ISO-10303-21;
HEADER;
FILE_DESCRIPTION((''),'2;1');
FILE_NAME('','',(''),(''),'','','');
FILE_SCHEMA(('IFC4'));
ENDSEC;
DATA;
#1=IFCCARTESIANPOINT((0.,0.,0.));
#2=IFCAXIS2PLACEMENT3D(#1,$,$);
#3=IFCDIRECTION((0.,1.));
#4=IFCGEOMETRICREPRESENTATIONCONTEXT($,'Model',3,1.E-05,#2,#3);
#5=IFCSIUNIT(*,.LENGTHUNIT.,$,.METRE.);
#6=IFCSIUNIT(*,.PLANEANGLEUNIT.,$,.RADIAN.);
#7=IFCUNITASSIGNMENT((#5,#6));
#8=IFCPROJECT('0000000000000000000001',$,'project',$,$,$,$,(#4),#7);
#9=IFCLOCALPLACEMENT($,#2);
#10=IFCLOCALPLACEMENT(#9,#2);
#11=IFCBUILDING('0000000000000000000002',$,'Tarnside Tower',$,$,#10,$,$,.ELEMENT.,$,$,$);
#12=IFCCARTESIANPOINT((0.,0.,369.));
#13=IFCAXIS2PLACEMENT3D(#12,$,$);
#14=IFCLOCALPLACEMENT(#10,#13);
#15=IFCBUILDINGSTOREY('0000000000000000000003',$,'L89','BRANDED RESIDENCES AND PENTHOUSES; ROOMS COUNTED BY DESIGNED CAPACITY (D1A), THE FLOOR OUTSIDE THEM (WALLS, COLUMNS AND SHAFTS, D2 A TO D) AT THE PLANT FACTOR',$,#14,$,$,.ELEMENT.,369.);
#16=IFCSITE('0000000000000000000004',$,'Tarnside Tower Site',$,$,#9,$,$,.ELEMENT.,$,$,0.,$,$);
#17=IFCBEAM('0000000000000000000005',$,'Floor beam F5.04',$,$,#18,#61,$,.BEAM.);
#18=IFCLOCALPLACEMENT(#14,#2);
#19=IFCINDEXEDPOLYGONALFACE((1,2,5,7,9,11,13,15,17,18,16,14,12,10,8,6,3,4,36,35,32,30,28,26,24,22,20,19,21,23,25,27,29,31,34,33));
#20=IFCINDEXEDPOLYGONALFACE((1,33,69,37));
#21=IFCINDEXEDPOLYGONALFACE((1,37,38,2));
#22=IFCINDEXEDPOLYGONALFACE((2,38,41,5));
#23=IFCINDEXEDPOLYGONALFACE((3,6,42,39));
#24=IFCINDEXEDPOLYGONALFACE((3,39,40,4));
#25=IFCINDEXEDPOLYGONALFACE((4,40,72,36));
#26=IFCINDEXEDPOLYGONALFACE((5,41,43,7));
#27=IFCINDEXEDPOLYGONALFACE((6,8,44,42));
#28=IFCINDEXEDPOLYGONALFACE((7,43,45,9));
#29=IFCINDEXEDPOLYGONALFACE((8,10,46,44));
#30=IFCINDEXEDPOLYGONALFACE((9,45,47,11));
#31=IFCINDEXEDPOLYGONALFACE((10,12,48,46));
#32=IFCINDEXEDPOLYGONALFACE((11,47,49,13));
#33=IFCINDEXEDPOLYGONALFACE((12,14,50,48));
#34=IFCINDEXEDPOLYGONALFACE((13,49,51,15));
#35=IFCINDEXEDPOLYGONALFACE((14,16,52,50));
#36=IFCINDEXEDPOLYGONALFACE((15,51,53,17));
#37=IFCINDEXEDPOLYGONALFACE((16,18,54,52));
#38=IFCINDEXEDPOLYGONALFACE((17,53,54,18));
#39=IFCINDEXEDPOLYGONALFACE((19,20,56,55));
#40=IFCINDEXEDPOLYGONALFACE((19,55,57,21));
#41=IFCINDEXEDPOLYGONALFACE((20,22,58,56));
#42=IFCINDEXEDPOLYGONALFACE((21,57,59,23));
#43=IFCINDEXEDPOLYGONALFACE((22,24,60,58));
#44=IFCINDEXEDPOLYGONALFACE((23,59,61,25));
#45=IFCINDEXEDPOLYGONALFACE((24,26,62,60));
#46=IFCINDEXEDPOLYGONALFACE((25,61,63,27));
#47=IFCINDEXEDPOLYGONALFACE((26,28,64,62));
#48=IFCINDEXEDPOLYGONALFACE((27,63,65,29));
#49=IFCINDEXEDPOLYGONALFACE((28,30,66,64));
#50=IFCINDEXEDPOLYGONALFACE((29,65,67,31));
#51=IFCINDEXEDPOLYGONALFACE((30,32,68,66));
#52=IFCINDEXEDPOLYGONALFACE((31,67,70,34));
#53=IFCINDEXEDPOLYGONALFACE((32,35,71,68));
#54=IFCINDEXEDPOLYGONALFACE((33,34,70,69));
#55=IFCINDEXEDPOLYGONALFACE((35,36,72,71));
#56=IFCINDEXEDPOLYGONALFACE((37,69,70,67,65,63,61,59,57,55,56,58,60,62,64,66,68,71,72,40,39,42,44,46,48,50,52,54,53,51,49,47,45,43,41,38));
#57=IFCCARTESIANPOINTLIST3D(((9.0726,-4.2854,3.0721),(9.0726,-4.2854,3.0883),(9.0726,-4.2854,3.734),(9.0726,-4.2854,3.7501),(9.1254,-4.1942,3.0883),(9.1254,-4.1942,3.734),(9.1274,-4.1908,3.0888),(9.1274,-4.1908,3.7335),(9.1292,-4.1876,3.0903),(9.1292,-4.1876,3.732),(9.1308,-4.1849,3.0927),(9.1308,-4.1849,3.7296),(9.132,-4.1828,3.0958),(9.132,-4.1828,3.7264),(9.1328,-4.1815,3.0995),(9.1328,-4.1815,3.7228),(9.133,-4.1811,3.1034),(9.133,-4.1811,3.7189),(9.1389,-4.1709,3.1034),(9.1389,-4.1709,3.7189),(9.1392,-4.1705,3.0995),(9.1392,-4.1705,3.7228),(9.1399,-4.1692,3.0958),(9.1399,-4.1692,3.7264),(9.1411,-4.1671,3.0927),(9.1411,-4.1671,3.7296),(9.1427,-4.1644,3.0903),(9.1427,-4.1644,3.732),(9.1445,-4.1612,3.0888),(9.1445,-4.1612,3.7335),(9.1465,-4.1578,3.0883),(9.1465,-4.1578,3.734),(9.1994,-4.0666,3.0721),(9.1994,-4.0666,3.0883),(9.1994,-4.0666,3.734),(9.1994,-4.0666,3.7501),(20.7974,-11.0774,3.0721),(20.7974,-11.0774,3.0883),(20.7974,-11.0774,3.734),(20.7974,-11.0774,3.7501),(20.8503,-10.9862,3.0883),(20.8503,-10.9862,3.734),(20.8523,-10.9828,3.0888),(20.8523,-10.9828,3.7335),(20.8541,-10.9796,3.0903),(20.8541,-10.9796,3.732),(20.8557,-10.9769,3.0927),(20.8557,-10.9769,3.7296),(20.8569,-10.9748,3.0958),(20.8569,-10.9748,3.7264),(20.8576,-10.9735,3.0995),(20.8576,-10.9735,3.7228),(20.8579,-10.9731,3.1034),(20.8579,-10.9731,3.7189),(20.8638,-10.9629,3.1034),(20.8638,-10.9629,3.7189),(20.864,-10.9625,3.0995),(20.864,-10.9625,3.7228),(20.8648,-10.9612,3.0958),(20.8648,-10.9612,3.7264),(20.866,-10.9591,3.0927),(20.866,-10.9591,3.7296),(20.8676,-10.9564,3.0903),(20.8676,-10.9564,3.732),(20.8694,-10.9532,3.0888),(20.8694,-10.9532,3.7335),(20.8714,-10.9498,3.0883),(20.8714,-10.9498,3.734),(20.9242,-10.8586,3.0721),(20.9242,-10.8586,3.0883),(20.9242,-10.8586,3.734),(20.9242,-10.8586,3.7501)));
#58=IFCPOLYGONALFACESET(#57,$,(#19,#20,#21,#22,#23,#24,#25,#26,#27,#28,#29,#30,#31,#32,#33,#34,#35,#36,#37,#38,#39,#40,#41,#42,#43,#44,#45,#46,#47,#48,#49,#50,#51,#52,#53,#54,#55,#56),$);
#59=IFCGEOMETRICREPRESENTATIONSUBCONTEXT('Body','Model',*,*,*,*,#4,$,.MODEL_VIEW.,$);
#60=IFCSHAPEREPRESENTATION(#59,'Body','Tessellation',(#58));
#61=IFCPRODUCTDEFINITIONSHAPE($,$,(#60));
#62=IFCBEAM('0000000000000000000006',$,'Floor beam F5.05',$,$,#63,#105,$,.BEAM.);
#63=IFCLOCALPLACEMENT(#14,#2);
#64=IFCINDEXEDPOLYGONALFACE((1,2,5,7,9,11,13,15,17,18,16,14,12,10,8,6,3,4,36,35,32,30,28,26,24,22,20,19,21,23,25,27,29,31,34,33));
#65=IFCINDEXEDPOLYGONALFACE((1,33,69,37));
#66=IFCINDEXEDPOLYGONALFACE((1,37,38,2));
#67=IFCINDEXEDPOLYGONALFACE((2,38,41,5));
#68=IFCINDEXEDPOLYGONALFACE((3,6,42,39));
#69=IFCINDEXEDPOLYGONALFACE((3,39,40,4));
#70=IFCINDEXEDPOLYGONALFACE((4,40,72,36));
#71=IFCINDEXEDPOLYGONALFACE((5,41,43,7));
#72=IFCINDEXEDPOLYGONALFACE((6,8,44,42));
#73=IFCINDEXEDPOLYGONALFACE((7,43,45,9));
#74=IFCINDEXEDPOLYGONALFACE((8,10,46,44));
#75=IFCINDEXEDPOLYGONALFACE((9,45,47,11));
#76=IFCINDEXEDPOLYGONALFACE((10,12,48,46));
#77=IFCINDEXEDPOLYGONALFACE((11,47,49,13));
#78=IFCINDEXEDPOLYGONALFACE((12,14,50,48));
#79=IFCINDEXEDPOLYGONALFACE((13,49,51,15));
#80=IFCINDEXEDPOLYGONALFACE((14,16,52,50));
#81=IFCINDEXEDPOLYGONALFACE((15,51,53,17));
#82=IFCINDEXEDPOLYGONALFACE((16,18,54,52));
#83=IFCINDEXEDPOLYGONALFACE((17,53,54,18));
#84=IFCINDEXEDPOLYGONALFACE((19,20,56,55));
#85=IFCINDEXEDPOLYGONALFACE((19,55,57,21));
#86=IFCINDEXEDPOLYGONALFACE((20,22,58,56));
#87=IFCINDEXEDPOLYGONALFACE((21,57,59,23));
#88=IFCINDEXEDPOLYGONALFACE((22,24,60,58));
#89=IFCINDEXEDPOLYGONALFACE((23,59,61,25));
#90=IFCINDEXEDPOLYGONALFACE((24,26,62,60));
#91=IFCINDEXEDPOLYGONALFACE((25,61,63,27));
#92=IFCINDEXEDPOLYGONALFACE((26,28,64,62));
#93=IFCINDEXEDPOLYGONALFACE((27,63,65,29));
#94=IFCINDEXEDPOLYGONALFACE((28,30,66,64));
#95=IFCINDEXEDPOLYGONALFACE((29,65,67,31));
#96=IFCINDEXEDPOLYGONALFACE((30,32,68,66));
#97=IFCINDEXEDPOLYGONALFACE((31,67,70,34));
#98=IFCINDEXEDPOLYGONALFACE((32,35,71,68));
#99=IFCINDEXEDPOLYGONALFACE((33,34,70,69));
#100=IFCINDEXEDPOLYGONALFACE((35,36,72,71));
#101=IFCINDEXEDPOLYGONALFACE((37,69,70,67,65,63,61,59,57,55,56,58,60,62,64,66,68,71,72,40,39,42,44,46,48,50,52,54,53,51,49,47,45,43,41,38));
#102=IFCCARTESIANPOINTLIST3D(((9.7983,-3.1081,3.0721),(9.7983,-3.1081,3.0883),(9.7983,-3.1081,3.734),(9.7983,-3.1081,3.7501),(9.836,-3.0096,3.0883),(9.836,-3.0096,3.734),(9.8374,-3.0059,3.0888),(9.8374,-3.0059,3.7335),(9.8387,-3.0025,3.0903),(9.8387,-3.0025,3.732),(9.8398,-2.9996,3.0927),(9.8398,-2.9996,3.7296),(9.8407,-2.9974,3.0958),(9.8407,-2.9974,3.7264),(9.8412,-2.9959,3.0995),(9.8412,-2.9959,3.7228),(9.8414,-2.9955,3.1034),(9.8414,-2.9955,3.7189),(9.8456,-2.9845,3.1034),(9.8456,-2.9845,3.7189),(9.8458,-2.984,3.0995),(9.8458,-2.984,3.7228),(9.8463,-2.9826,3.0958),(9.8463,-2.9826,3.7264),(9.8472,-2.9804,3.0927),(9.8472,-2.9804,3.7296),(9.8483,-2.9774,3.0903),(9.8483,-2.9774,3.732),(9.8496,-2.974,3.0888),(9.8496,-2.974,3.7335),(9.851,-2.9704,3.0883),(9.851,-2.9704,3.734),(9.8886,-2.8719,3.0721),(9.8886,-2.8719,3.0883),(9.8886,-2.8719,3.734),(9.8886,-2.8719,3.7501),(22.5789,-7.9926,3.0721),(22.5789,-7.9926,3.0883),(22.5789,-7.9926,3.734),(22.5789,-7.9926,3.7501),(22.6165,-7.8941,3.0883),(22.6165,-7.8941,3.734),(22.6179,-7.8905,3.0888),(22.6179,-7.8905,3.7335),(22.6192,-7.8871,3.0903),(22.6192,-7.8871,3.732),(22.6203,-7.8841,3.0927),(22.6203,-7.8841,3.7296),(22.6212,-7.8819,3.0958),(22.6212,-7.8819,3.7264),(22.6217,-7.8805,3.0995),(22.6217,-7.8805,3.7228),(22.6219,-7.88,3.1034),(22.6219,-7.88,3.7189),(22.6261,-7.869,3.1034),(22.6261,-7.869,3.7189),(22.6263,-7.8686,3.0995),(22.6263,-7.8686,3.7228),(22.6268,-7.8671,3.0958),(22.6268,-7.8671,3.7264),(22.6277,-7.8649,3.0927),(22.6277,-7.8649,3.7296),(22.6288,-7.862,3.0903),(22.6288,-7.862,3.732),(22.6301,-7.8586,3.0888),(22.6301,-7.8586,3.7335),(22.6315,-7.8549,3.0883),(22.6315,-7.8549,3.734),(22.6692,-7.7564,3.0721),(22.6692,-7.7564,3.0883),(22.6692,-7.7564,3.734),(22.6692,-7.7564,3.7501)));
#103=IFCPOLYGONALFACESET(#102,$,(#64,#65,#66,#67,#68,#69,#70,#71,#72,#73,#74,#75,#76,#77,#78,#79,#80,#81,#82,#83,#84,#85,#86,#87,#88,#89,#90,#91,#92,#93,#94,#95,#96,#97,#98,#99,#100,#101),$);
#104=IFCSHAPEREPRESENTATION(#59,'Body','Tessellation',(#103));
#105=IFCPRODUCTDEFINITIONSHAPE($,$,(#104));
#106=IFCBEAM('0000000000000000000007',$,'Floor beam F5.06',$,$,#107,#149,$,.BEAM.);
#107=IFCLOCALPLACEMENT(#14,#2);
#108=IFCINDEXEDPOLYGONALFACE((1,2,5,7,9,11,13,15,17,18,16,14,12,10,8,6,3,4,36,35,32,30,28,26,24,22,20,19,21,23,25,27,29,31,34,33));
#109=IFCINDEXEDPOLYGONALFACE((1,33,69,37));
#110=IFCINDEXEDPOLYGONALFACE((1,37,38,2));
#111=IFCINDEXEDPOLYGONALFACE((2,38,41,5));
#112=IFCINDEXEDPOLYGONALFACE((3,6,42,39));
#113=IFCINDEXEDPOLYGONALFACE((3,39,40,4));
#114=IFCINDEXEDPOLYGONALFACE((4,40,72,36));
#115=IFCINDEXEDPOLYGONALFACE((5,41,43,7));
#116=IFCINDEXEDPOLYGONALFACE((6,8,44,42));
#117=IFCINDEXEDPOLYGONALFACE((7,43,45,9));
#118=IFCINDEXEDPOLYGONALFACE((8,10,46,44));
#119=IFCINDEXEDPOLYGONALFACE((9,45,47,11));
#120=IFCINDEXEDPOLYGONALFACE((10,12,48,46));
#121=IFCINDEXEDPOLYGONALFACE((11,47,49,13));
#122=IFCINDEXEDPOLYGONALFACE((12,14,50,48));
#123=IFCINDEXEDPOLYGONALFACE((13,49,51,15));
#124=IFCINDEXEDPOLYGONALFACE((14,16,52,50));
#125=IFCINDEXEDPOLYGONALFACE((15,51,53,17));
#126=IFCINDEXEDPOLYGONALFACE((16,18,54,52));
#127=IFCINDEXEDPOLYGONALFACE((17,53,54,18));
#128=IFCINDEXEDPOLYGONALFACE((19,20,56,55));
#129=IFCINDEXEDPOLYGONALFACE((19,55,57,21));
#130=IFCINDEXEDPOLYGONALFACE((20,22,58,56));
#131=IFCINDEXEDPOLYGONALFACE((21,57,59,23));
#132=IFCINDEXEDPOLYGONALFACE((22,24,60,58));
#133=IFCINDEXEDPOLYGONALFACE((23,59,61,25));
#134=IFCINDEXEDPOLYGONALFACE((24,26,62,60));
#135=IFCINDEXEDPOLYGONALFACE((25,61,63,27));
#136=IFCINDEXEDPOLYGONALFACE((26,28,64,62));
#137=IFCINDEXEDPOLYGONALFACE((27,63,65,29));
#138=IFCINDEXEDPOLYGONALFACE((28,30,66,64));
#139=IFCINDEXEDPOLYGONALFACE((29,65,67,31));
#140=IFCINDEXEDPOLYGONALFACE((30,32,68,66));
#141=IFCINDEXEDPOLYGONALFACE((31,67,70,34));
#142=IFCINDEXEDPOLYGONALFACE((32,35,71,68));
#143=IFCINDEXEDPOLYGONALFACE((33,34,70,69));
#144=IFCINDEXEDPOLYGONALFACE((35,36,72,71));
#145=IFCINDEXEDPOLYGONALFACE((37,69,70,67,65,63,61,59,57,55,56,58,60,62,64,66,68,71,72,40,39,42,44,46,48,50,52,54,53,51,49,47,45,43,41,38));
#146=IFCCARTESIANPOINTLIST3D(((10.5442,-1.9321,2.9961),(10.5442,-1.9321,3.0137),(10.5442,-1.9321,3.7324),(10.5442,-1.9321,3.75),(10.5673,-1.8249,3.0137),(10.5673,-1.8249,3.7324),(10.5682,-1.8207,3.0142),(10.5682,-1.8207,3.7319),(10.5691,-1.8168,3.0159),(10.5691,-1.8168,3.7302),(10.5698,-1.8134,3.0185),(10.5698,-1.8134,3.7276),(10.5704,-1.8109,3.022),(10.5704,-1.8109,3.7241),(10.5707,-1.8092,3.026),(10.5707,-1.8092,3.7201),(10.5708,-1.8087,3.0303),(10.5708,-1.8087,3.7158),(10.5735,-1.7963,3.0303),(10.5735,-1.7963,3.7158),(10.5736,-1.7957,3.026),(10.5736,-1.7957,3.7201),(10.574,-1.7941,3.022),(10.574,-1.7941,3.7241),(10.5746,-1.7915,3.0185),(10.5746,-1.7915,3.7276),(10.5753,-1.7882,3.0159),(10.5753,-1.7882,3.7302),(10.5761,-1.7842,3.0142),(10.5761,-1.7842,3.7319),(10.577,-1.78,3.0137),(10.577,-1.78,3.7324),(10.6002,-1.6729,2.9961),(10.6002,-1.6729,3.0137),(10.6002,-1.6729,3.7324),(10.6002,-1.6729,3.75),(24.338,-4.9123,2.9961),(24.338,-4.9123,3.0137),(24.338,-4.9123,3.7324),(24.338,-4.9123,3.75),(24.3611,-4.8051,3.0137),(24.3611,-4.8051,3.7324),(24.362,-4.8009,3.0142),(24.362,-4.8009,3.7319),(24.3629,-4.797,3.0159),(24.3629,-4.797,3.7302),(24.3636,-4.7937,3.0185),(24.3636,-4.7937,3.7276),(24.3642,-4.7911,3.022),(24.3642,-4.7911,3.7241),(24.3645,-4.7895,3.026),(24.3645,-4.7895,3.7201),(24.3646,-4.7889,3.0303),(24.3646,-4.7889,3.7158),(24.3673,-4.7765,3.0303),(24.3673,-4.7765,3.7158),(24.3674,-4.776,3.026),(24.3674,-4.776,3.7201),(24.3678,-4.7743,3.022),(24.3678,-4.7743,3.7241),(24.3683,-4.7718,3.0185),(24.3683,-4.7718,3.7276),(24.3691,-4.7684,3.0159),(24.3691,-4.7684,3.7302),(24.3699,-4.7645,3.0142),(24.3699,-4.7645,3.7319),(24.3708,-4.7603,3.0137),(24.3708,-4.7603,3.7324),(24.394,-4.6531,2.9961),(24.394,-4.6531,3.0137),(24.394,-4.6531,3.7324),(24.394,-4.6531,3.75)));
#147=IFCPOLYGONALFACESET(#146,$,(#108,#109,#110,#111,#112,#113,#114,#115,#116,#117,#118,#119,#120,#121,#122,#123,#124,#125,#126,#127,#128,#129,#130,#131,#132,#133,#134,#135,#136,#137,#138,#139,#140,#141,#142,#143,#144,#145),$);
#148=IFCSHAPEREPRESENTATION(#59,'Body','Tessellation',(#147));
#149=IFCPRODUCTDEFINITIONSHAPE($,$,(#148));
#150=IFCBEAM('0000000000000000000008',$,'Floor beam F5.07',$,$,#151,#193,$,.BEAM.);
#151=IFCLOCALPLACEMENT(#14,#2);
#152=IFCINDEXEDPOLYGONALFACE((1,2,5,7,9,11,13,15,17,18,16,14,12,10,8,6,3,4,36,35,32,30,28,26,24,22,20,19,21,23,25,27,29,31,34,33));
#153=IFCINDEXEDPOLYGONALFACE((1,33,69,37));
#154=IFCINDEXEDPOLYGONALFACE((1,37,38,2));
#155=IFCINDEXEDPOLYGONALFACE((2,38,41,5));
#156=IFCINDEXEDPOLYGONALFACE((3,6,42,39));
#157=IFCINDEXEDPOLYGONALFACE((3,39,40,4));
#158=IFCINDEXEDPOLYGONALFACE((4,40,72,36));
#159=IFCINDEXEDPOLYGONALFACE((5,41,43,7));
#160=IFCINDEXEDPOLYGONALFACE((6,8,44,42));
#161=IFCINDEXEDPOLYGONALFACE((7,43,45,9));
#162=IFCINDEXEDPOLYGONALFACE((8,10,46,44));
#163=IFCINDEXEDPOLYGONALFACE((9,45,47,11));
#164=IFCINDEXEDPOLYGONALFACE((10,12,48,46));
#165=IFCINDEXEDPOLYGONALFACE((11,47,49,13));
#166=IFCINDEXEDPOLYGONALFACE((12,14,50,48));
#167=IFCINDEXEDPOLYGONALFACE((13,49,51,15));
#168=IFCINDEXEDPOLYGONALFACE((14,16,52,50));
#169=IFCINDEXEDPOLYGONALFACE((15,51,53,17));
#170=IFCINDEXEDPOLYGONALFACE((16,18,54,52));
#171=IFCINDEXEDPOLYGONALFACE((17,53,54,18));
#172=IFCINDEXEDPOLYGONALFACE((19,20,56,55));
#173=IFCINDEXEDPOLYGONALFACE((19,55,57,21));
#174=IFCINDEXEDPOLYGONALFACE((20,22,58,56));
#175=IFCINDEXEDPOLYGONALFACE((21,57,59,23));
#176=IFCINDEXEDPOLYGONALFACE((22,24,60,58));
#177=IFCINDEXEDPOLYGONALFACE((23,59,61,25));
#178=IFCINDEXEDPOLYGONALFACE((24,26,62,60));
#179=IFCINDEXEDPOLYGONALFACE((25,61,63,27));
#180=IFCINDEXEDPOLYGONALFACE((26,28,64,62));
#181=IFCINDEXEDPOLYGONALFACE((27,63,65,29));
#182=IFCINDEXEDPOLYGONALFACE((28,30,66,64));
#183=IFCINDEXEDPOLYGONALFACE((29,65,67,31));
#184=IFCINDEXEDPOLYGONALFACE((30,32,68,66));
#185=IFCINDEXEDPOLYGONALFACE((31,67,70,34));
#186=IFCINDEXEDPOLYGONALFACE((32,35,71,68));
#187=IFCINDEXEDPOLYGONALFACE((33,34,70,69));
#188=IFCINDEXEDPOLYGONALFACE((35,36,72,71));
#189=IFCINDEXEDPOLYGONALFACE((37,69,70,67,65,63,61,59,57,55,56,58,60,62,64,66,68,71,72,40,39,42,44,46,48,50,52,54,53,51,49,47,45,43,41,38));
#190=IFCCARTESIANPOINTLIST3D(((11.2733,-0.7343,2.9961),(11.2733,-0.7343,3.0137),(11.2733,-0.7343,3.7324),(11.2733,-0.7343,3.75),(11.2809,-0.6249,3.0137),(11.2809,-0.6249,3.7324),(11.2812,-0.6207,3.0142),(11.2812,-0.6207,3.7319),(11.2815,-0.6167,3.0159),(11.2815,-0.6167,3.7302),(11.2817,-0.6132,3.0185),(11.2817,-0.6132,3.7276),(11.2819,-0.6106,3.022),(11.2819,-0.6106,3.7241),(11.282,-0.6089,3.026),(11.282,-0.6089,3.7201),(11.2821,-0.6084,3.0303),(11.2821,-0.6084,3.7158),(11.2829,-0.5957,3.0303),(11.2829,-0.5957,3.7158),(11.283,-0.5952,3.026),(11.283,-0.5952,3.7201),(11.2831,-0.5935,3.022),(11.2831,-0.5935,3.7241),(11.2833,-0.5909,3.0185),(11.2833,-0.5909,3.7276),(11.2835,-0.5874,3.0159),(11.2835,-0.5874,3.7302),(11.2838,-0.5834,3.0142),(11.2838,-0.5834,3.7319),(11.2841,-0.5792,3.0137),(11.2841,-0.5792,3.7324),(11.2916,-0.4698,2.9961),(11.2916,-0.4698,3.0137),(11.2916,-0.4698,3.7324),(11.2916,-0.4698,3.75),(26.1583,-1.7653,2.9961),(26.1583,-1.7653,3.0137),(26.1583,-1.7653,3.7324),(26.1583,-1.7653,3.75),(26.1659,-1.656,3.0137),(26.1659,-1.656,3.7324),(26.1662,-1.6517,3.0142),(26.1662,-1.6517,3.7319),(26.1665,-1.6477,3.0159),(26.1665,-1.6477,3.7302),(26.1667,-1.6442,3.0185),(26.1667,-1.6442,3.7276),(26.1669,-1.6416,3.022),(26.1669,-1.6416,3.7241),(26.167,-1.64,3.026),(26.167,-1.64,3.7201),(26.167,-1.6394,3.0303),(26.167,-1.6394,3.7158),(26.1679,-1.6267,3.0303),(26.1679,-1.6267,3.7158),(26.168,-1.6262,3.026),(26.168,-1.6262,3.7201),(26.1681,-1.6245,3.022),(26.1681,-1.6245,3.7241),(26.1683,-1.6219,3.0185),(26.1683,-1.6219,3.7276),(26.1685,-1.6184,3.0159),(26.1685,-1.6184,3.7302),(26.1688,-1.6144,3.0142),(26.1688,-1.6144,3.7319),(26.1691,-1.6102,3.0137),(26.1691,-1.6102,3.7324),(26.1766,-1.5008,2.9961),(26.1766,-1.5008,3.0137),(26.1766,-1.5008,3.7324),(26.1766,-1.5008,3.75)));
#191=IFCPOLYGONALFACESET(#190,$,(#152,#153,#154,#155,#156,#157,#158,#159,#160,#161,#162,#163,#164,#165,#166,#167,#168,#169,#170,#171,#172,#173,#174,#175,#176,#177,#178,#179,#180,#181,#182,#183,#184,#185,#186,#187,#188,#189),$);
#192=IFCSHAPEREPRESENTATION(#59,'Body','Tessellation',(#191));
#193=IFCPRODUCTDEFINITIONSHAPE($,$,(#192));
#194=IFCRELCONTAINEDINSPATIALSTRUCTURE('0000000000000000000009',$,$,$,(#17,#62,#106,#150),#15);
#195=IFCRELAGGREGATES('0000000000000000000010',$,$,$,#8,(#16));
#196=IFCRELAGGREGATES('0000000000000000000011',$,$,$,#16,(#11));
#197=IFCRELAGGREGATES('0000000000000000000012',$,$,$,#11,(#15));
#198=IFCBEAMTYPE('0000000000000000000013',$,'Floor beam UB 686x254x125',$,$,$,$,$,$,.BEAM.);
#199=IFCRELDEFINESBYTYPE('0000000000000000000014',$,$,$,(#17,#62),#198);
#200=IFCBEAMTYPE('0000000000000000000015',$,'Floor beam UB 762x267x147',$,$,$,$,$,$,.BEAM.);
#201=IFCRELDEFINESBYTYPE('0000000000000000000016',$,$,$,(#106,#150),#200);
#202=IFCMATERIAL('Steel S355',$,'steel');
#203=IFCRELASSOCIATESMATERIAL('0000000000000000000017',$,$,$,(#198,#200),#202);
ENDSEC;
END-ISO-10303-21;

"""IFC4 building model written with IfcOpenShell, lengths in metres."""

from ifc_helpers import new_model, si_unit, direction, frame, origin, origin_2d, place, context, subcontext, project, spatial, i_section, extrude, material, material_profile, profile_set, type_object, element, save


model = new_model("IFC4")

# Units and contexts
model_context = context("Model", 3, precision=1e-05, world=origin(), true_north=direction((0.0, 1.0)))
body_context = subcontext(model_context, "Body", "Model", "MODEL_VIEW")
ifc_project = project(units=[si_unit("LENGTHUNIT", "METRE"), si_unit("PLANEANGLEUNIT", "RADIAN")], contexts=[model_context])

# Site, building, storey
site_placement = place(None, origin())
site = spatial("IfcSite", under=ifc_project, at=site_placement, Name="Tarnside Tower Site", CompositionType="ELEMENT", RefElevation=0.0)
building_placement = place(site_placement, origin())
building = spatial("IfcBuilding", under=site, at=building_placement, Name="Tarnside Tower", CompositionType="ELEMENT")
storey_placement = place(building_placement, frame((0.0, 0.0, 369.0)))
storey = spatial("IfcBuildingStorey", under=building, at=storey_placement, Name="L89", Description="BRANDED RESIDENCES AND PENTHOUSES; ROOMS COUNTED BY DESIGNED CAPACITY (D1A), THE FLOOR OUTSIDE THEM (WALLS, COLUMNS AND SHAFTS, D2 A TO D) AT THE PLANT FACTOR", CompositionType="ELEMENT", Elevation=369.0)

# Beams
ifc_material_1 = material(Name="Steel S355", Category="steel")
ifc_material_profile_1 = material_profile(ifc_material_1, i_section(OverallWidth=0.2529, OverallDepth=0.678, WebThickness=0.0117, FlangeThickness=0.0161, FilletRadius=0.0151, at=origin_2d()), Name="UB 686x254x125")
ifc_profile_set_1 = profile_set([ifc_material_profile_1], Name="Steel S355")
beam_type_1 = type_object("IfcBeamType", Name="Floor beam UB 686x254x125", PredefinedType="BEAM", material=ifc_profile_set_1)
beam_1_placement = place(storey_placement, frame((20.8608, -10.968, 3.4111), z_axis=(-0.865301, 0.501253, 0.0), x_axis=(-0.501253, -0.865301, 0.0)))
element("IfcBeam", 1, at=beam_1_placement, inside=storey, type_object=beam_type_1, Name="Floor beam F5.04", PredefinedType="BEAM", context=body_context, shape_type="SweptSolid", body=[
    extrude(i_section(OverallWidth=0.2529, OverallDepth=0.678, WebThickness=0.0117, FlangeThickness=0.0161, FilletRadius=0.0151, at=origin_2d()), origin(), (0.0, 0.0, 1.0), 13.55),
])
beam_2_placement = place(storey_placement, frame((22.624, -7.8745, 3.4111), z_axis=(-0.934104, 0.357001, 0.0), x_axis=(-0.357001, -0.934104, 0.0)))
element("IfcBeam", 2, at=beam_2_placement, inside=storey, type_object=beam_type_1, Name="Floor beam F5.05", PredefinedType="BEAM", context=body_context, shape_type="SweptSolid", body=[
    extrude(i_section(OverallWidth=0.2529, OverallDepth=0.678, WebThickness=0.0117, FlangeThickness=0.0161, FilletRadius=0.0151, at=origin_2d()), origin(), (0.0, 0.0, 1.0), 13.6821),
])
ifc_material_profile_2 = material_profile(ifc_material_1, i_section(OverallWidth=0.2651, OverallDepth=0.7539, WebThickness=0.0127, FlangeThickness=0.0176, FilletRadius=0.0166, at=origin_2d()), Name="UB 762x267x147")
ifc_profile_set_2 = profile_set([ifc_material_profile_2], Name="Steel S355")
beam_type_2 = type_object("IfcBeamType", Name="Floor beam UB 762x267x147", PredefinedType="BEAM", material=ifc_profile_set_2)
beam_3_placement = place(storey_placement, frame((24.366, -4.7827, 3.373), z_axis=(-0.977446, 0.211184, 0.0), x_axis=(-0.211184, -0.977446, 0.0)))
element("IfcBeam", 3, at=beam_3_placement, inside=storey, type_object=beam_type_2, Name="Floor beam F5.06", PredefinedType="BEAM", context=body_context, shape_type="SweptSolid", body=[
    extrude(i_section(OverallWidth=0.2651, OverallDepth=0.7539, WebThickness=0.0127, FlangeThickness=0.0176, FilletRadius=0.0166, at=origin_2d()), origin(), (0.0, 0.0, 1.0), 14.1121),
])
beam_4_placement = place(storey_placement, frame((26.1675, -1.6331, 3.373), z_axis=(-0.99761, 0.069099, 0.0), x_axis=(-0.069099, -0.99761, 0.0)))
element("IfcBeam", 4, at=beam_4_placement, inside=storey, type_object=beam_type_2, Name="Floor beam F5.07", PredefinedType="BEAM", context=body_context, shape_type="SweptSolid", body=[
    extrude(i_section(OverallWidth=0.2651, OverallDepth=0.7539, WebThickness=0.0127, FlangeThickness=0.0176, FilletRadius=0.0166, at=origin_2d()), origin(), (0.0, 0.0, 1.0), 14.9207),
])

save(model, "model.ifc")
